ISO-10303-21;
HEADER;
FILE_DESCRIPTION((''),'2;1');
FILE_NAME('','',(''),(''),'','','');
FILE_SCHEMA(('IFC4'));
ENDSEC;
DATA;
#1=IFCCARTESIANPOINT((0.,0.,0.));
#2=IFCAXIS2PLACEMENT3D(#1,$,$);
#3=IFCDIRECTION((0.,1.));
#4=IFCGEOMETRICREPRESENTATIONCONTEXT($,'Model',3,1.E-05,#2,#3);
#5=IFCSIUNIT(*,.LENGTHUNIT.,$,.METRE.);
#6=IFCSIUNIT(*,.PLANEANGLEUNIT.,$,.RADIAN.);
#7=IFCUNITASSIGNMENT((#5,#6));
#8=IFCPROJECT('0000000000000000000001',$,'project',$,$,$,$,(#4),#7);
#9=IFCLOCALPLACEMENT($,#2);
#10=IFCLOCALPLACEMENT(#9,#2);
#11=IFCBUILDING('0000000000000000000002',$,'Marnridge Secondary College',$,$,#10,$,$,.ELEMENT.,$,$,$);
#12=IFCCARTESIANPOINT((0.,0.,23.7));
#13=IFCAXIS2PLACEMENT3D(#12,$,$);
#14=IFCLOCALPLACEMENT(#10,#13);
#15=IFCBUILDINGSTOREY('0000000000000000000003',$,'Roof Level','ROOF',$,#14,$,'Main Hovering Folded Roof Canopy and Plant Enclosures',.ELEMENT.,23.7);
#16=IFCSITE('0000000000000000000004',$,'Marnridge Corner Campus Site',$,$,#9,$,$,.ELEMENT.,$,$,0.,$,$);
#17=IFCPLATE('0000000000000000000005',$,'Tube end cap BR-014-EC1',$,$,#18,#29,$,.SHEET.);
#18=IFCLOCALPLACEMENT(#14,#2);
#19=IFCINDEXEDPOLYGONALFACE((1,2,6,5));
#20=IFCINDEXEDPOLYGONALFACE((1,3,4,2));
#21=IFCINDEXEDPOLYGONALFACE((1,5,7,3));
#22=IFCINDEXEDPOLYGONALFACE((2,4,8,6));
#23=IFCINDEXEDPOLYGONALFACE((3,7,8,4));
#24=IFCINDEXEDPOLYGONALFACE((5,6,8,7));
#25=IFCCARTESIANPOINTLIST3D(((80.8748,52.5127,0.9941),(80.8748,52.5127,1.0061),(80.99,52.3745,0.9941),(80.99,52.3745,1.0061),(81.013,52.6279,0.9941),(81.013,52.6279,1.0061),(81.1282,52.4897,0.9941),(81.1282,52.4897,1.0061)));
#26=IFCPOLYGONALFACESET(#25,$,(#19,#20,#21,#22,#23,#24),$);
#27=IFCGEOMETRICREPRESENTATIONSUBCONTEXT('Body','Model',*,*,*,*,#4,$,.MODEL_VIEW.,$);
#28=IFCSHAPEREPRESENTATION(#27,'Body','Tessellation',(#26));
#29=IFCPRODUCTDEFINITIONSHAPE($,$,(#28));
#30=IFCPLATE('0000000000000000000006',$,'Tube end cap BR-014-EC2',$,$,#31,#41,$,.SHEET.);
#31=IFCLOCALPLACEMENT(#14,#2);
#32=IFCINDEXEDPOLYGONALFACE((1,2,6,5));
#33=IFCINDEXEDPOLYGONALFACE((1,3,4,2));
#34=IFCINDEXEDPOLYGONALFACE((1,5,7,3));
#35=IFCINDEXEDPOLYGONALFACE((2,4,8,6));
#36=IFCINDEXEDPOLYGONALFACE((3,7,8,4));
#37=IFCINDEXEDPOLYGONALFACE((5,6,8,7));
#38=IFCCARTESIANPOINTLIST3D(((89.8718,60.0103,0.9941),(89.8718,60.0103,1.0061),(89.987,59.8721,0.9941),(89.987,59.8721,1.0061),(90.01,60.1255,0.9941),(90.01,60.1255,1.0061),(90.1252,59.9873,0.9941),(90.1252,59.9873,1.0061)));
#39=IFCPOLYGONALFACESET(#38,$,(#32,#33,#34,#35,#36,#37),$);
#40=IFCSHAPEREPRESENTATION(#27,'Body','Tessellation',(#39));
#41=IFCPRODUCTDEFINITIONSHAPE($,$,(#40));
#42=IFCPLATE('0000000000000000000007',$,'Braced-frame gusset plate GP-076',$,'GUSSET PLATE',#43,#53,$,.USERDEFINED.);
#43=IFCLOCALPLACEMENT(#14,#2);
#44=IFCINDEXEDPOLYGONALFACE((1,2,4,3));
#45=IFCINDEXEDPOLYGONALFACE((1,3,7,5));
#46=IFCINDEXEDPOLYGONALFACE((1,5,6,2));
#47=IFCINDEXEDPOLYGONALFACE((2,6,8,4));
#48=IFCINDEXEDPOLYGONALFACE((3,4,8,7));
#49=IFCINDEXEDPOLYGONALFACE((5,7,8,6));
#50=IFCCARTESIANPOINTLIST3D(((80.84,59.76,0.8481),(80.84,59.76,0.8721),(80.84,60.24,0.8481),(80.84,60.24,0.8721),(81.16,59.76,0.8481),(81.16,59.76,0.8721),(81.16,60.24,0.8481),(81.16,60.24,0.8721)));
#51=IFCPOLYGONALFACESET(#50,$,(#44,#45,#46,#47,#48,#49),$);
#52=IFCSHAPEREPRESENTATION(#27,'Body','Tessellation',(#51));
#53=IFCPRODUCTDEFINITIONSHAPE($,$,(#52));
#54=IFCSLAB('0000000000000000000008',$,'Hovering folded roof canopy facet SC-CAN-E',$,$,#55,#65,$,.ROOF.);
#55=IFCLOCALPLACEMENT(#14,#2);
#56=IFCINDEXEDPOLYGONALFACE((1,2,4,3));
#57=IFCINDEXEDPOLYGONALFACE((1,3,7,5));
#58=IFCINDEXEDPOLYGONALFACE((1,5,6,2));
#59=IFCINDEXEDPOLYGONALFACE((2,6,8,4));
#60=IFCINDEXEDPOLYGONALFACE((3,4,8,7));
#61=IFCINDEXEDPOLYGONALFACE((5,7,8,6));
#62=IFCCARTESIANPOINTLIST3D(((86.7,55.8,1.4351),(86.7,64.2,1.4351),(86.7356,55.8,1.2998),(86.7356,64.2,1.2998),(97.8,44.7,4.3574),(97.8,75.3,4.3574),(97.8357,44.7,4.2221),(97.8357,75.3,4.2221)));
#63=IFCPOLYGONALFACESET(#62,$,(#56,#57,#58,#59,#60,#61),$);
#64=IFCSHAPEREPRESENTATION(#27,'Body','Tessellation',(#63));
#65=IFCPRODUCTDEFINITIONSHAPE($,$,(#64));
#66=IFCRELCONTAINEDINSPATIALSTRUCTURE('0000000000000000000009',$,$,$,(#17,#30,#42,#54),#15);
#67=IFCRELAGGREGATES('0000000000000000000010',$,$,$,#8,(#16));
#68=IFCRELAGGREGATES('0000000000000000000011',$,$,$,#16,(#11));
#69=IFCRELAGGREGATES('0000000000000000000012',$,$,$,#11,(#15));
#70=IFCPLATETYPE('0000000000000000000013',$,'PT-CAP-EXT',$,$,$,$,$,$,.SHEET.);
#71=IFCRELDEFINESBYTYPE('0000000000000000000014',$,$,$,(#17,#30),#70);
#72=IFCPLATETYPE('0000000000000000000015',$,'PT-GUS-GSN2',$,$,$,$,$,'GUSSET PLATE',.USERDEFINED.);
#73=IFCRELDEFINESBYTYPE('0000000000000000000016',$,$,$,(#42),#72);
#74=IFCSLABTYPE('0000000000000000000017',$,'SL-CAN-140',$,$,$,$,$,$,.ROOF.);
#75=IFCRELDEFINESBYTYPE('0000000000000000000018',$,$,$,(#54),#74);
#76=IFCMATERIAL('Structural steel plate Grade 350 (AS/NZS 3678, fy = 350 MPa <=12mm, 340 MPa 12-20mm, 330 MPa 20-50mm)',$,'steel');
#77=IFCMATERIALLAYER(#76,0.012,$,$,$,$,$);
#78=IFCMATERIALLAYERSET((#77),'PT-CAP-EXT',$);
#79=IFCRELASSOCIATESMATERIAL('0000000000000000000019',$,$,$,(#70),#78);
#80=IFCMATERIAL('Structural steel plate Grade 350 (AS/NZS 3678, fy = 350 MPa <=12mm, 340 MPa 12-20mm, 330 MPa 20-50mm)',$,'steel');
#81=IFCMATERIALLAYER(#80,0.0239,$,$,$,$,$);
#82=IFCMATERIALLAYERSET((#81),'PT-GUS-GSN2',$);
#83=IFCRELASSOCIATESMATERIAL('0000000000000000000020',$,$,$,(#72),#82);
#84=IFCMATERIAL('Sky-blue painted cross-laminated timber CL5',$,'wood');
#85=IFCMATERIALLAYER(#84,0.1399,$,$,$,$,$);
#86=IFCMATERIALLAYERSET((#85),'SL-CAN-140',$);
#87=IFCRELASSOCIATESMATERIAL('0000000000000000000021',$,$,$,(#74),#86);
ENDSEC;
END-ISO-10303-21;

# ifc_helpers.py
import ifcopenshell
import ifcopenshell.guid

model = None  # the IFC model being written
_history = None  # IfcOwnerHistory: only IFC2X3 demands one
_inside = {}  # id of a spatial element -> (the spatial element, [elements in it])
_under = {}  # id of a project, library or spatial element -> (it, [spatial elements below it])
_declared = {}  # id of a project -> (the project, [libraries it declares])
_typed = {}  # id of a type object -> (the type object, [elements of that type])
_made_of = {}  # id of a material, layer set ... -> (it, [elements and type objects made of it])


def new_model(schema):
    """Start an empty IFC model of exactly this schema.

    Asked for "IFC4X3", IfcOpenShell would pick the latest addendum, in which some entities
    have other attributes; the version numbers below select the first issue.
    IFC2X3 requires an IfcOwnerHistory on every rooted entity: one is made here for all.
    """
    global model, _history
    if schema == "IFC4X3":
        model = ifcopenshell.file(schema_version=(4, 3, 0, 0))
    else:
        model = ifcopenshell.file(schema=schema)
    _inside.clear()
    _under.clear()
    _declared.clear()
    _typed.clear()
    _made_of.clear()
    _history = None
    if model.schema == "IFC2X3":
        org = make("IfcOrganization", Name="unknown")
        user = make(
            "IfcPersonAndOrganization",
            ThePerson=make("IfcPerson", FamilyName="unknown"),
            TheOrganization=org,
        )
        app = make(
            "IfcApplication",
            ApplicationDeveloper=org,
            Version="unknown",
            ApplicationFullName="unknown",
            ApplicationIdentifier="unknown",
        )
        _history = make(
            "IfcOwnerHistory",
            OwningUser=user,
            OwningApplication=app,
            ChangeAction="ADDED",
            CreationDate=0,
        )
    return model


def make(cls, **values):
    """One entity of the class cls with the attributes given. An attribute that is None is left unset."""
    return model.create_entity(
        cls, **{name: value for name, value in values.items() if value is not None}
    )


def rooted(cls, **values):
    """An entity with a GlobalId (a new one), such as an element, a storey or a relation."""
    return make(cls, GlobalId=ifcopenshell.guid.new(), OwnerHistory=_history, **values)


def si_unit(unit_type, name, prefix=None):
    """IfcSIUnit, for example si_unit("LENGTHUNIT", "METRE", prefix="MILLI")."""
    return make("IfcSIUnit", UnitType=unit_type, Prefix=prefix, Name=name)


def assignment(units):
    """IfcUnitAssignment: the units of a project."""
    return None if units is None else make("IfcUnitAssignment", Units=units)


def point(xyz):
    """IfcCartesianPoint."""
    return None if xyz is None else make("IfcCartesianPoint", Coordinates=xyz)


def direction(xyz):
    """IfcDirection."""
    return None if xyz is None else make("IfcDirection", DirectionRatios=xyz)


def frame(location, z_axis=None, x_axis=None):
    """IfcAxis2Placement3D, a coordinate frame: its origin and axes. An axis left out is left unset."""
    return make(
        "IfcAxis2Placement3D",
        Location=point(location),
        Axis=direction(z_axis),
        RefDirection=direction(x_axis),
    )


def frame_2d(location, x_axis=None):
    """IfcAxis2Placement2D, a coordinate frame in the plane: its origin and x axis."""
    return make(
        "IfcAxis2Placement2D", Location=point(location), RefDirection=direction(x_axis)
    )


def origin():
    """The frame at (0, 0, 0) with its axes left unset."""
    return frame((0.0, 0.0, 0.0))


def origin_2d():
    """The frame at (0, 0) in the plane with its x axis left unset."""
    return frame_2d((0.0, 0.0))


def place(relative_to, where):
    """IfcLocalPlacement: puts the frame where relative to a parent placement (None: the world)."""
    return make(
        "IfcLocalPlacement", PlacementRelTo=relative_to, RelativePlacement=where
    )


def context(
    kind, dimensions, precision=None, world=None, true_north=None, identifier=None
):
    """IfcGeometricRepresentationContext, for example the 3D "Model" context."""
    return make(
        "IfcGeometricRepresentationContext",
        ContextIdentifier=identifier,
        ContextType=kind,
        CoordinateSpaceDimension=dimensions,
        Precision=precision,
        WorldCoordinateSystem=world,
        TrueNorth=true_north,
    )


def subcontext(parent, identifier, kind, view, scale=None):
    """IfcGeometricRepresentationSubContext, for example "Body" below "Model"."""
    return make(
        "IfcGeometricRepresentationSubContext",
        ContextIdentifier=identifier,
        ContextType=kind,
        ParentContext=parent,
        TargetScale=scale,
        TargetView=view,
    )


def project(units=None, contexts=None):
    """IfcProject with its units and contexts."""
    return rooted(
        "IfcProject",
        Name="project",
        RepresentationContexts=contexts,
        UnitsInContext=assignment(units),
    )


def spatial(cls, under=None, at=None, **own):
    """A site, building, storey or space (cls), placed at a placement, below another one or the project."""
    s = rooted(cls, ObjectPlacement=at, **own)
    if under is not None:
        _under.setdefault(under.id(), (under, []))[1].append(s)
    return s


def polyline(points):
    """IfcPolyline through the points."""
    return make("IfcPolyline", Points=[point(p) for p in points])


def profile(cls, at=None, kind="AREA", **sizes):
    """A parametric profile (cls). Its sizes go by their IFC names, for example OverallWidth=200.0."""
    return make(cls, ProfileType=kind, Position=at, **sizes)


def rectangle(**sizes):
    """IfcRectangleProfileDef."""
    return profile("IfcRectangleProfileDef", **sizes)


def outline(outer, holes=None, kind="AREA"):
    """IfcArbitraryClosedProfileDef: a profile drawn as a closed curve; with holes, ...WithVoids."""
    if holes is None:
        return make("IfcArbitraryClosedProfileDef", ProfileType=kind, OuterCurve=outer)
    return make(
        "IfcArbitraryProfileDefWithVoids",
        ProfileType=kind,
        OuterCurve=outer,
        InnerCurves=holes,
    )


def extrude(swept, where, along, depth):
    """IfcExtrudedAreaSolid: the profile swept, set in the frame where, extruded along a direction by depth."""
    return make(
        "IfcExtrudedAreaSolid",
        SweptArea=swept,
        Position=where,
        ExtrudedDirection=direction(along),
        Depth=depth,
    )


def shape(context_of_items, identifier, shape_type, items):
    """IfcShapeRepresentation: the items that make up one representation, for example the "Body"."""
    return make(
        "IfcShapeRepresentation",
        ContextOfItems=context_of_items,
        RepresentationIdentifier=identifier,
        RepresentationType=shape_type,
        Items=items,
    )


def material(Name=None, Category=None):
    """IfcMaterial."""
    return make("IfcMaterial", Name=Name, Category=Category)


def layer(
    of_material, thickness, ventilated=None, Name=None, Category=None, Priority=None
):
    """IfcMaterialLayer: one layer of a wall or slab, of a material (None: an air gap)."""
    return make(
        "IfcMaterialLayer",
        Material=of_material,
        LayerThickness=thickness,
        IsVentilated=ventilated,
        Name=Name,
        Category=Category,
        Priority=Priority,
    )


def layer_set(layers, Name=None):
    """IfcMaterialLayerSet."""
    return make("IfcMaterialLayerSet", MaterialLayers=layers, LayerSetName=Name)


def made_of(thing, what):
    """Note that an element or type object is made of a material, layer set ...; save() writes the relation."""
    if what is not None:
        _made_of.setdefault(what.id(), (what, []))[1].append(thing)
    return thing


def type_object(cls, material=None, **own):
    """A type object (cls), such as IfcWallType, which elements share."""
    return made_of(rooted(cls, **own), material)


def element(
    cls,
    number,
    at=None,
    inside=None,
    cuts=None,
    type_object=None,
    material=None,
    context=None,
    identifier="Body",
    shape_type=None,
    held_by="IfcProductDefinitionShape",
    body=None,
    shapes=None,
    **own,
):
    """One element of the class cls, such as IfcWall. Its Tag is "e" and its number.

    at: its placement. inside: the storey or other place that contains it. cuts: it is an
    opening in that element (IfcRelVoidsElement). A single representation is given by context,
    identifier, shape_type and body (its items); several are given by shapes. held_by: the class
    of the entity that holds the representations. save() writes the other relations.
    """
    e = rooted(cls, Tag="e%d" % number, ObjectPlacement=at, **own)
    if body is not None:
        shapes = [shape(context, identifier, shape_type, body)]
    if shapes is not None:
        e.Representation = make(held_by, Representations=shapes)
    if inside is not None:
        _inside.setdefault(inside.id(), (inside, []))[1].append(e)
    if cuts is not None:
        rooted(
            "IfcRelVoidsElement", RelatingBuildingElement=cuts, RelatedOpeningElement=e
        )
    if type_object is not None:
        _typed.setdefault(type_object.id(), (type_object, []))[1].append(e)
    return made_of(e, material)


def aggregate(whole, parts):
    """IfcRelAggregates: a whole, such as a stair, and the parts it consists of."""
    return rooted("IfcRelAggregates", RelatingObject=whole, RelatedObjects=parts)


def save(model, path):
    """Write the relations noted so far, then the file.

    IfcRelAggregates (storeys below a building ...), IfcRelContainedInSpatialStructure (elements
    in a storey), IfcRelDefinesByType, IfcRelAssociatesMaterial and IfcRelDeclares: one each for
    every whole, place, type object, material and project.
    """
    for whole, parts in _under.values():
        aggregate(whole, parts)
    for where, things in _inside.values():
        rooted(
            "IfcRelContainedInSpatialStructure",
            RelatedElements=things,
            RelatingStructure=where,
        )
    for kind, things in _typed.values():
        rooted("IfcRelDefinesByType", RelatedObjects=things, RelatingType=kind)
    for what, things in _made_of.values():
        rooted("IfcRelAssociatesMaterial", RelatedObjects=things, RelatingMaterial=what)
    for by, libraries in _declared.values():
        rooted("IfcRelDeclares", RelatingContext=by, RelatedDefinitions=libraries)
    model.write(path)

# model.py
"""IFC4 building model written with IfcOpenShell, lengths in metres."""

from ifc_helpers import new_model, si_unit, direction, frame, origin, origin_2d, place, context, subcontext, project, spatial, polyline, rectangle, outline, extrude, material, layer, layer_set, type_object, element, save


model = new_model("IFC4")

# Units and contexts
model_context = context("Model", 3, precision=1e-05, world=origin(), true_north=direction((0.0, 1.0)))
body_context = subcontext(model_context, "Body", "Model", "MODEL_VIEW")
ifc_project = project(units=[si_unit("LENGTHUNIT", "METRE"), si_unit("PLANEANGLEUNIT", "RADIAN")], contexts=[model_context])

# Site, building, storey
site_placement = place(None, origin())
site = spatial("IfcSite", under=ifc_project, at=site_placement, Name="Marnridge Corner Campus Site", CompositionType="ELEMENT", RefElevation=0.0)
building_placement = place(site_placement, origin())
building = spatial("IfcBuilding", under=site, at=building_placement, Name="Marnridge Secondary College", CompositionType="ELEMENT")
storey_placement = place(building_placement, frame((0.0, 0.0, 23.7)))
storey = spatial("IfcBuildingStorey", under=building, at=storey_placement, Name="Roof Level", Description="ROOF", LongName="Main Hovering Folded Roof Canopy and Plant Enclosures", CompositionType="ELEMENT", Elevation=23.7)

# Plates
ifc_material_1 = material(Name="Structural steel plate Grade 350 (AS/NZS 3678, fy = 350 MPa <=12mm, 340 MPa 12-20mm, 330 MPa 20-50mm)", Category="steel")
ifc_layer_1 = layer(ifc_material_1, 0.012)
ifc_layer_set_1 = layer_set([ifc_layer_1], Name="PT-CAP-EXT")
plate_type_1 = type_object("IfcPlateType", Name="PT-CAP-EXT", PredefinedType="SHEET", material=ifc_layer_set_1)
for number, where, z_axis, x_axis, name in (
    (1, (81.0015, 52.5012, 0.9941), (0.0, 0.0, 1.0), (0.768172, 0.640244, 0.0), "Tube end cap BR-014-EC1"),
    (2, (89.9985, 59.9988, 0.9941), (0.0, 0.0, 1.0), (0.768172, 0.640244, 0.0), "Tube end cap BR-014-EC2"),
):
    element("IfcPlate", number, at=place(storey_placement, frame(where, z_axis=z_axis, x_axis=x_axis)), inside=storey, type_object=plate_type_1, Name=name, PredefinedType="SHEET", context=body_context, shape_type="SweptSolid", body=[
        extrude(rectangle(XDim=0.1799, YDim=0.1799, at=origin_2d()), origin(), (0.0, 0.0, 1.0), 0.012),
    ])
ifc_material_2 = material(Name="Structural steel plate Grade 350 (AS/NZS 3678, fy = 350 MPa <=12mm, 340 MPa 12-20mm, 330 MPa 20-50mm)", Category="steel")
ifc_layer_2 = layer(ifc_material_2, 0.0239)
ifc_layer_set_2 = layer_set([ifc_layer_2], Name="PT-GUS-GSN2")
plate_type_2 = type_object("IfcPlateType", Name="PT-GUS-GSN2", ElementType="GUSSET PLATE", PredefinedType="USERDEFINED", material=ifc_layer_set_2)
plate_1_placement = place(storey_placement, frame((81.0, 60.0, 0.8481), z_axis=(0.0, 0.0, 1.0), x_axis=(0.0, 1.0, 0.0)))
element("IfcPlate", 3, at=plate_1_placement, inside=storey, type_object=plate_type_2, Name="Braced-frame gusset plate GP-076", ObjectType="GUSSET PLATE", PredefinedType="USERDEFINED", context=body_context, shape_type="SweptSolid", body=[
    extrude(rectangle(XDim=0.48, YDim=0.3201, at=origin_2d()), origin(), (0.0, 0.0, 1.0), 0.0239),
])

# Slab
ifc_material_3 = material(Name="Sky-blue painted cross-laminated timber CL5", Category="wood")
ifc_layer_3 = layer(ifc_material_3, 0.1399)
ifc_layer_set_3 = layer_set([ifc_layer_3], Name="SL-CAN-140")
slab_type = type_object("IfcSlabType", Name="SL-CAN-140", PredefinedType="ROOF", material=ifc_layer_set_3)
slab_placement = place(storey_placement, frame((97.8, 44.7, 4.3574), z_axis=(-0.254598, 0.0, 0.967047), x_axis=(0.0, 1.0, 0.0)))
element("IfcSlab", 4, at=slab_placement, inside=storey, type_object=slab_type, Name="Hovering folded roof canopy facet SC-CAN-E", PredefinedType="ROOF", context=body_context, shape_type="SweptSolid", body=[
    extrude(outline(polyline([(0.0, 0.0), (30.6001, 0.0), (19.5, 11.4783), (11.1001, 11.4783), (0.0, 0.0)])), origin(), (0.0, 0.0, -1.0), 0.1399),
])

save(model, "model.ifc")
